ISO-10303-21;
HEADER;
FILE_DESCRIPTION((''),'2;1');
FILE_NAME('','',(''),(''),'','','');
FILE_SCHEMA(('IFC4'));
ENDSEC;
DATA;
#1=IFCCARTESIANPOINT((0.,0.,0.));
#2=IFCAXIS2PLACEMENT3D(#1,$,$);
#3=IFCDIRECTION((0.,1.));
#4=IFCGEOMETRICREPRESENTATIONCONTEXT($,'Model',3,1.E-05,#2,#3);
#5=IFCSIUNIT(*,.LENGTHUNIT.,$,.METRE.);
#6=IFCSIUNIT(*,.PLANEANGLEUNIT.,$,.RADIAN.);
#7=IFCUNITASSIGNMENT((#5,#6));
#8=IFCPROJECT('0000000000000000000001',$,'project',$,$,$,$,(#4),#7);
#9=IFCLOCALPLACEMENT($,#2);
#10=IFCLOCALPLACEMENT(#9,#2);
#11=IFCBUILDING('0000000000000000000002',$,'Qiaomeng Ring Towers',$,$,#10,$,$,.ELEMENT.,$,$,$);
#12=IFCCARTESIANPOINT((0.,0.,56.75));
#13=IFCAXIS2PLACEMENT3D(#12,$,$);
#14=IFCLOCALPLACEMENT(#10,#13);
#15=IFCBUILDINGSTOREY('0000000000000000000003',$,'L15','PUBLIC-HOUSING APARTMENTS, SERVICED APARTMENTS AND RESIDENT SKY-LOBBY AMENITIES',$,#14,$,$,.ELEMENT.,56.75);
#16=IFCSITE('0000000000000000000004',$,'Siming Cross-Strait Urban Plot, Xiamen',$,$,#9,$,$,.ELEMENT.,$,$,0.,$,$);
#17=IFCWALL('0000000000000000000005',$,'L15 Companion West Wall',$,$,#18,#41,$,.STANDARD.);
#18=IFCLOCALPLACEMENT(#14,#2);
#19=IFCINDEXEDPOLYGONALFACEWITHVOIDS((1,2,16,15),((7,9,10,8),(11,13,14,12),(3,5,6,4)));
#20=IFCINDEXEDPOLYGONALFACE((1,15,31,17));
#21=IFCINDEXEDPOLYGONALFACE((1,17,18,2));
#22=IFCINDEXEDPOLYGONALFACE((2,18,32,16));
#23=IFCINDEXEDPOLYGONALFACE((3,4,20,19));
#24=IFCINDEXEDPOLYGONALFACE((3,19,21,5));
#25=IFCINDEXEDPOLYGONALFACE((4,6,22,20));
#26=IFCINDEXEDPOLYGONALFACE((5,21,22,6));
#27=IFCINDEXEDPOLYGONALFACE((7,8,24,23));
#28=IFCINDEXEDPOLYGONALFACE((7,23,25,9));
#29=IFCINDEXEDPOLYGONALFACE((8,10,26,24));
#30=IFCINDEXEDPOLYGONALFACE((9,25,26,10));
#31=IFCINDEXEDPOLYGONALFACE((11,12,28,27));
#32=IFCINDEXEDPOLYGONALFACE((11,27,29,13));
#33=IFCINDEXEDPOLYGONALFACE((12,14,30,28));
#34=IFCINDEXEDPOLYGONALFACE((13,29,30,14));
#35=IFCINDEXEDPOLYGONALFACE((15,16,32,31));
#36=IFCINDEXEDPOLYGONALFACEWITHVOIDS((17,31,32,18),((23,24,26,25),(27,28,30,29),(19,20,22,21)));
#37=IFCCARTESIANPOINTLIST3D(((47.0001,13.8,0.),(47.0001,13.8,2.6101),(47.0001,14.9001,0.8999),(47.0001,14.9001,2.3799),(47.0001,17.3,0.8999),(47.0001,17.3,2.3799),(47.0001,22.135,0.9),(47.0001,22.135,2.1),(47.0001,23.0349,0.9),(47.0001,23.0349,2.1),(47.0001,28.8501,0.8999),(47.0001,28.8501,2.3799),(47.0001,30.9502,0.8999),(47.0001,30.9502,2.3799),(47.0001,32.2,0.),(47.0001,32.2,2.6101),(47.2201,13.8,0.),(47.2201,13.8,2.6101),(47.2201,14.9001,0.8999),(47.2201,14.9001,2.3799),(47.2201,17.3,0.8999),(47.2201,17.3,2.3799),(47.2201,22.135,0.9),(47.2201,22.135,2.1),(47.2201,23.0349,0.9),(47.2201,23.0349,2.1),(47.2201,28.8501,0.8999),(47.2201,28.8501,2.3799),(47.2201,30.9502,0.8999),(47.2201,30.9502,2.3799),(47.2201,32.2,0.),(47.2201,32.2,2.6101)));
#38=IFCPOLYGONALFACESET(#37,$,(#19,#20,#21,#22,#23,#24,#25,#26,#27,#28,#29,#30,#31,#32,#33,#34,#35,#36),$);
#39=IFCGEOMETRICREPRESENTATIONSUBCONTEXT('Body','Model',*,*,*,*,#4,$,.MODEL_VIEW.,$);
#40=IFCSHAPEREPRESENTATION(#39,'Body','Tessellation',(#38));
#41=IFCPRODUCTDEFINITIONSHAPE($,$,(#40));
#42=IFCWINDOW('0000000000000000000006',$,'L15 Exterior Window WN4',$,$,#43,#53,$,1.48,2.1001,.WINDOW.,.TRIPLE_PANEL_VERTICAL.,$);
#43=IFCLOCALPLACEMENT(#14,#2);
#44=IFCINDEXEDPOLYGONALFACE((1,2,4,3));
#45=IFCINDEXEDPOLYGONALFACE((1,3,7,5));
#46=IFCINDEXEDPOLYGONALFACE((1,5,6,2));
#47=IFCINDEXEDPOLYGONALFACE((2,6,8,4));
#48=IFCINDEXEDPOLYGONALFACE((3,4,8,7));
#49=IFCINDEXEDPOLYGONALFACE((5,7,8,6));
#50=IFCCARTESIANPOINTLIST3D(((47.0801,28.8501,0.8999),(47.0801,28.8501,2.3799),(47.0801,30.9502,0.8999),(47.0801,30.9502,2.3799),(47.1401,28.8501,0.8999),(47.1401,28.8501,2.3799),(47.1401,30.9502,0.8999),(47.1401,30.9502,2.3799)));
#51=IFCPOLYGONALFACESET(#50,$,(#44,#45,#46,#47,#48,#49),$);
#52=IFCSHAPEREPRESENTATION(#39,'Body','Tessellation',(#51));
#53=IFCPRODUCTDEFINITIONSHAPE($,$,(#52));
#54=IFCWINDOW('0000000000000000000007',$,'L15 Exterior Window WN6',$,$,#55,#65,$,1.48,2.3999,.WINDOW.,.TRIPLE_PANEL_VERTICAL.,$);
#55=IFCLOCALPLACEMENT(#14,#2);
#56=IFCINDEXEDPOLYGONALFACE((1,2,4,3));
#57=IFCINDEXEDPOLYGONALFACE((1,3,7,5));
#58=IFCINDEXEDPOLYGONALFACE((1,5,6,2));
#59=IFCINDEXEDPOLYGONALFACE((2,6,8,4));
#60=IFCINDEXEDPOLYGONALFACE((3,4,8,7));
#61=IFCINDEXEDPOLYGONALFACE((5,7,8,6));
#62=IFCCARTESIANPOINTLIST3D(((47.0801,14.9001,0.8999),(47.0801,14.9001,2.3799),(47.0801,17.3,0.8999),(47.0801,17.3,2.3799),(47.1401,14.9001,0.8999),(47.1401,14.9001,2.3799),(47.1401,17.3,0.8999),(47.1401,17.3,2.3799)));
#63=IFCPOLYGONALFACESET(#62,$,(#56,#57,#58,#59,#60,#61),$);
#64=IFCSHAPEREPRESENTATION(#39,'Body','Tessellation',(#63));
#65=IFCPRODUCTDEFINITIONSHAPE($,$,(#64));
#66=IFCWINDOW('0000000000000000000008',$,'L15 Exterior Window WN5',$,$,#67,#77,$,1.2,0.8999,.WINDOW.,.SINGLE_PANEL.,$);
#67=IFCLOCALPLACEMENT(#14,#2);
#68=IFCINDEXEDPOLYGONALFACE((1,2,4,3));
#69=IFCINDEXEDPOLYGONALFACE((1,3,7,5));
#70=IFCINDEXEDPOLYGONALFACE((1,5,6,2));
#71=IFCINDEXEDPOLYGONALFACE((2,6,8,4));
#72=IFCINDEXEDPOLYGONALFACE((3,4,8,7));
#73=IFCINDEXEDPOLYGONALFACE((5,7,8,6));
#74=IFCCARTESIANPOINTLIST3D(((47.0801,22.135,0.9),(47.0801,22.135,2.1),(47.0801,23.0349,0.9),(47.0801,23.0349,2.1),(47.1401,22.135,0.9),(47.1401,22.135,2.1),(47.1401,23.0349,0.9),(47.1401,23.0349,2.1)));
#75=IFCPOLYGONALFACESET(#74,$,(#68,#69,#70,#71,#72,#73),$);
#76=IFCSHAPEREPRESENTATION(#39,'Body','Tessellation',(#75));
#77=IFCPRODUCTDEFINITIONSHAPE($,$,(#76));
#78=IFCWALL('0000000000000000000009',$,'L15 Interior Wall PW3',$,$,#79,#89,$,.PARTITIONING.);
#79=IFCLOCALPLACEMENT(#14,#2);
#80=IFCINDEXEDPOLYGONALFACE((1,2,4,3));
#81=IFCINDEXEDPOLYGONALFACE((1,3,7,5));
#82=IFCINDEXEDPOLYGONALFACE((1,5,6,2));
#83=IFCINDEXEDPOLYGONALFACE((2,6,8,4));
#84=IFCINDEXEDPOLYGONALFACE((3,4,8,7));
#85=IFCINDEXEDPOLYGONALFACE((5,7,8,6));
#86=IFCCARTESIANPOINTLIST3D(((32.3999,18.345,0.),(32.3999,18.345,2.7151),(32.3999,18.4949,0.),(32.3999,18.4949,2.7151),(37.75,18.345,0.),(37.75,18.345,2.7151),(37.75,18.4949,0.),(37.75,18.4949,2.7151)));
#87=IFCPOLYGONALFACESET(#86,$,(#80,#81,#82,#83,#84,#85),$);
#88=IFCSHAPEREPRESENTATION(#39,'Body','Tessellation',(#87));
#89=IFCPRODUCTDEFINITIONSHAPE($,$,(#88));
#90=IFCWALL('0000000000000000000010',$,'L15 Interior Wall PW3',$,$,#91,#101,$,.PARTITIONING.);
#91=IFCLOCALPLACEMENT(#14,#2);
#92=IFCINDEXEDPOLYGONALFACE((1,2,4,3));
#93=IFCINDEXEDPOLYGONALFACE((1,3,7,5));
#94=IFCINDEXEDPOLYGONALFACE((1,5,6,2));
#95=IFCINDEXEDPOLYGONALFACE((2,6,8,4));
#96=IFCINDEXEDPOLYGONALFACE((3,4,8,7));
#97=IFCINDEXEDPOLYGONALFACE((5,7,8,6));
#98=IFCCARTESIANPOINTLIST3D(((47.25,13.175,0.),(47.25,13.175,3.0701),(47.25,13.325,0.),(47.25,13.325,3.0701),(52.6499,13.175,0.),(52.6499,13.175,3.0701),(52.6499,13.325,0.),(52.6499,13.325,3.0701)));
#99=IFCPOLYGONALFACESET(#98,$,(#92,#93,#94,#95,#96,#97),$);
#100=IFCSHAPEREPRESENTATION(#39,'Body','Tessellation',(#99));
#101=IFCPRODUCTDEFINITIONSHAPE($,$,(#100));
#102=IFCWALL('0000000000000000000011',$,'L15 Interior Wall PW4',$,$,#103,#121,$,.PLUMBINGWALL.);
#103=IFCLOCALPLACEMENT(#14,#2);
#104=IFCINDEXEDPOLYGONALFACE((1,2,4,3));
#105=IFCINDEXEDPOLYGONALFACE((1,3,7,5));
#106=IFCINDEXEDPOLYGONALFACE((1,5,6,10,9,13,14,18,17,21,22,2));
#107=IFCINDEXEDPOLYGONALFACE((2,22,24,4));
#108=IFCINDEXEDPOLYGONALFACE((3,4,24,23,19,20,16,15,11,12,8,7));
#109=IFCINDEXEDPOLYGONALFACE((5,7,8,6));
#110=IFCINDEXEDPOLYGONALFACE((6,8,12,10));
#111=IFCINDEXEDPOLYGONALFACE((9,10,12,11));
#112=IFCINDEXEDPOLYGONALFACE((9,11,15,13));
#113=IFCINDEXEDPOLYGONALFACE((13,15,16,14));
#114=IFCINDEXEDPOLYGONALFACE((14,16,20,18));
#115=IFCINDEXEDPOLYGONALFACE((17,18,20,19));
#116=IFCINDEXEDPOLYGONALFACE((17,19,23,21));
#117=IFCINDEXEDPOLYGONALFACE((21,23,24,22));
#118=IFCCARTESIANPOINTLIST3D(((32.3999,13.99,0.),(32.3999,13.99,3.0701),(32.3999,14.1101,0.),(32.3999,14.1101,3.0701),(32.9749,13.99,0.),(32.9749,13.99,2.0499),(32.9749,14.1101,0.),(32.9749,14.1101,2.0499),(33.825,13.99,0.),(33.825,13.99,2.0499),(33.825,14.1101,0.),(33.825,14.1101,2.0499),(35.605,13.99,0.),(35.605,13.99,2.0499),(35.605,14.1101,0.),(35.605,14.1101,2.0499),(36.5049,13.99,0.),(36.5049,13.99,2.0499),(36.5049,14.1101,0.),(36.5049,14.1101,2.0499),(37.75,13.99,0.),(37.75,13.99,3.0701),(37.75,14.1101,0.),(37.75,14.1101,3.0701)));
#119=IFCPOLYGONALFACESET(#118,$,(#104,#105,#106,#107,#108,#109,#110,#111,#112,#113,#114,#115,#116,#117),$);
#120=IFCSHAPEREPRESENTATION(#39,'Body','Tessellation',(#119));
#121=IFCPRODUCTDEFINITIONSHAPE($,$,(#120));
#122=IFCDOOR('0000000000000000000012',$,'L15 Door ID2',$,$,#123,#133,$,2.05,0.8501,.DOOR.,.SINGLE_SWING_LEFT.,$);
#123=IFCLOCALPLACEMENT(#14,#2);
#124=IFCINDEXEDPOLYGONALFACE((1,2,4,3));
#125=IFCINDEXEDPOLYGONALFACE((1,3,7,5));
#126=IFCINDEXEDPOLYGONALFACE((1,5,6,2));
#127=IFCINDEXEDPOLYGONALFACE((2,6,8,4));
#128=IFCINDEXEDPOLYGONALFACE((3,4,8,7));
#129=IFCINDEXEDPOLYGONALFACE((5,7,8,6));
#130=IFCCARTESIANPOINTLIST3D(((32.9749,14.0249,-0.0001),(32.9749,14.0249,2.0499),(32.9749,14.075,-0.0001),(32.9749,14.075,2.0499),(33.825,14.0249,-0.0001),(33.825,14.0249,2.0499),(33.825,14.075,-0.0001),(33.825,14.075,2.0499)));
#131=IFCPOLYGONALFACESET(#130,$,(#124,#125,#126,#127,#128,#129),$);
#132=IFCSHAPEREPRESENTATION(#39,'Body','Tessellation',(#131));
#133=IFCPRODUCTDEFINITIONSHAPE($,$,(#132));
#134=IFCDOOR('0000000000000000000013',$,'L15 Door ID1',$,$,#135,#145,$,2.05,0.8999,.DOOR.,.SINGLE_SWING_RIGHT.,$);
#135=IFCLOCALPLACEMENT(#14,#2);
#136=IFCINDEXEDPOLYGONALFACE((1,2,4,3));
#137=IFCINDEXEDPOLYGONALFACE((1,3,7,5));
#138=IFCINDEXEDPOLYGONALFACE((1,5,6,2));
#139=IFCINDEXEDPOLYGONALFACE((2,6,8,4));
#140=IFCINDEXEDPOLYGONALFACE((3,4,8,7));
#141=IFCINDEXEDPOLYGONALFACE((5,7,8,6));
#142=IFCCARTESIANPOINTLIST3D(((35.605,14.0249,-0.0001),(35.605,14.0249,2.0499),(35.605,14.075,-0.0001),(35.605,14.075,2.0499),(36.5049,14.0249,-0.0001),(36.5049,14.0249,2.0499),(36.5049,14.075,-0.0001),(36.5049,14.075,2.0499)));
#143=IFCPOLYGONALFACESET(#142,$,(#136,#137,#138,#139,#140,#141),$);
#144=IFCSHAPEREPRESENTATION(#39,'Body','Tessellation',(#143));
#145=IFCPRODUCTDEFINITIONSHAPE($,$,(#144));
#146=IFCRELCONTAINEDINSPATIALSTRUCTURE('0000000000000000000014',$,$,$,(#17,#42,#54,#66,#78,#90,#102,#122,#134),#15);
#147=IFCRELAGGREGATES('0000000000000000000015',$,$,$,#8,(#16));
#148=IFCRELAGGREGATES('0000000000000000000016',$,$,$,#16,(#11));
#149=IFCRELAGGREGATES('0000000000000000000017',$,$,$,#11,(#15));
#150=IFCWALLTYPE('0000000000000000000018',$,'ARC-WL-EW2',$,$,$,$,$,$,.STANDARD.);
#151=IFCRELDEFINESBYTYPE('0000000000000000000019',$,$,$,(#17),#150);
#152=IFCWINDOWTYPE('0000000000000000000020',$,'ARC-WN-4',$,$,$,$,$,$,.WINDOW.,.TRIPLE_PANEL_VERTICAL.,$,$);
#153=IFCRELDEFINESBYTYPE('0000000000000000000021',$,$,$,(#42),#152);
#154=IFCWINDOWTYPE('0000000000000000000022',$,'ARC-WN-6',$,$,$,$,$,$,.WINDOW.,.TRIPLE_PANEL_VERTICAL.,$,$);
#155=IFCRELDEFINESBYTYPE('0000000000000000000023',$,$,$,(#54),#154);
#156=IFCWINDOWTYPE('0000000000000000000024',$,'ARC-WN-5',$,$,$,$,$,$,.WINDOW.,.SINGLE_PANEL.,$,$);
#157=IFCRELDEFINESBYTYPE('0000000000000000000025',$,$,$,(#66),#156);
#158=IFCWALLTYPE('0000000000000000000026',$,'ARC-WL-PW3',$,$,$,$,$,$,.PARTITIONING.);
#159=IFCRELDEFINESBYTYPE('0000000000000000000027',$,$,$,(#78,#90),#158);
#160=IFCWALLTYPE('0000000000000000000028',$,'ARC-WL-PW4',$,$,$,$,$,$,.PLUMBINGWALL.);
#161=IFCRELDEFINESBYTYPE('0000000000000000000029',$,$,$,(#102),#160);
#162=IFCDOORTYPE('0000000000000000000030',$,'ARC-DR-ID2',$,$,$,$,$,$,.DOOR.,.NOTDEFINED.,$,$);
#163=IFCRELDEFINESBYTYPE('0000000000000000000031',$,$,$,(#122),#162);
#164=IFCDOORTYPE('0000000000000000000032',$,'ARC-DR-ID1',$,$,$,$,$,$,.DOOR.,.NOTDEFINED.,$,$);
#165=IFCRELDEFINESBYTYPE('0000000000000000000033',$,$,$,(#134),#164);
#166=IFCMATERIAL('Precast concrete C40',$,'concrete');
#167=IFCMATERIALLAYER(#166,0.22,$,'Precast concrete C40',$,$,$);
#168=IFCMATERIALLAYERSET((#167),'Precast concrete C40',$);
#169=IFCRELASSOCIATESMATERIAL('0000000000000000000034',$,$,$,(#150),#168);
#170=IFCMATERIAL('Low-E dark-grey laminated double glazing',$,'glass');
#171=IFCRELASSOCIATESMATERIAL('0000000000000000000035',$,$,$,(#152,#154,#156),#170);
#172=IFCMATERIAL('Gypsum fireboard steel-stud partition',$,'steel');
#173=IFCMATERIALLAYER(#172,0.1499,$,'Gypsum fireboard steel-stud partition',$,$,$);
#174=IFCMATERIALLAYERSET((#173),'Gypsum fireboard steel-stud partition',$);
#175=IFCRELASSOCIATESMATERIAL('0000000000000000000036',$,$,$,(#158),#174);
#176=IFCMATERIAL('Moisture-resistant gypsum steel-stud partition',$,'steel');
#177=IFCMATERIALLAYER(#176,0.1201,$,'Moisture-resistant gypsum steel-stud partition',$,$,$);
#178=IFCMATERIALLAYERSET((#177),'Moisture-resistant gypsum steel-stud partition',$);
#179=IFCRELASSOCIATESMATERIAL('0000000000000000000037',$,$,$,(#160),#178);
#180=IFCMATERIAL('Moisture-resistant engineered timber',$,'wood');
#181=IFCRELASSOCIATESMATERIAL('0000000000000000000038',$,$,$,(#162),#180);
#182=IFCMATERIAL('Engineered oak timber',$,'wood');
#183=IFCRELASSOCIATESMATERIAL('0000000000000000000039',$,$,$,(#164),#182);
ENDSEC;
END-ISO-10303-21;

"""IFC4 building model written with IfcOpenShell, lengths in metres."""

from ifc_helpers import new_model, si_unit, direction, frame, frame_2d, origin, place, context, subcontext, project, spatial, rectangle, extrude, source, transform, mapped, material, layer, layer_set, type_object, element, fill, save


model = new_model("IFC4")

# Units and contexts
model_context = context("Model", 3, precision=1e-05, world=origin(), true_north=direction((0.0, 1.0)))
body_context = subcontext(model_context, "Body", "Model", "MODEL_VIEW")
ifc_project = project(units=[si_unit("LENGTHUNIT", "METRE"), si_unit("PLANEANGLEUNIT", "RADIAN")], contexts=[model_context])

# Site, building, storey
site_placement = place(None, origin())
site = spatial("IfcSite", under=ifc_project, at=site_placement, Name="Siming Cross-Strait Urban Plot, Xiamen", CompositionType="ELEMENT", RefElevation=0.0)
building_placement = place(site_placement, origin())
building = spatial("IfcBuilding", under=site, at=building_placement, Name="Qiaomeng Ring Towers", CompositionType="ELEMENT")
storey_placement = place(building_placement, frame((0.0, 0.0, 56.75)))
storey = spatial("IfcBuildingStorey", under=building, at=storey_placement, Name="L15", Description="PUBLIC-HOUSING APARTMENTS, SERVICED APARTMENTS AND RESIDENT SKY-LOBBY AMENITIES", CompositionType="ELEMENT", Elevation=56.75)

# Wall, openings, windows
ifc_material_1 = material(Name="Precast concrete C40", Category="concrete")
ifc_layer_1 = layer(ifc_material_1, 0.22, Name="Precast concrete C40")
ifc_layer_set_1 = layer_set([ifc_layer_1], Name="Precast concrete C40")
wall_type_1 = type_object("IfcWallType", Name="ARC-WL-EW2", PredefinedType="STANDARD", material=ifc_layer_set_1)
wall_1_placement = place(storey_placement, frame((47.1101, 13.8, 0.0), z_axis=(0.0, 0.0, 1.0), x_axis=(0.0, 1.0, 0.0)))
wall_1 = element("IfcWall", 1, at=wall_1_placement, inside=storey, type_object=wall_type_1, Name="L15 Companion West Wall", PredefinedType="STANDARD", context=body_context, shape_type="SweptSolid", body=[
    extrude(rectangle(XDim=18.3999, YDim=0.22, at=frame_2d((9.2, 0.0))), origin(), (0.0, 0.0, 1.0), 2.6101),
])
opening_1_placement = place(wall_1_placement, frame((1.1001, 0.0, 0.8999)))
opening_1 = element("IfcOpeningElement", 2, at=opening_1_placement, cuts=wall_1, PredefinedType="OPENING", context=body_context, shape_type="SweptSolid", body=[
    extrude(rectangle(XDim=2.3999, YDim=1.48, at=frame_2d((1.2, 0.74))), frame((0.0, 0.1199, 0.0), z_axis=(0.0, -1.0, 0.0), x_axis=(1.0, 0.0, 0.0)), (0.0, 0.0, 1.0), 0.24),
])
opening_2_placement = place(wall_1_placement, frame((15.05, 0.0, 0.8999)))
opening_2 = element("IfcOpeningElement", 3, at=opening_2_placement, cuts=wall_1, PredefinedType="OPENING", context=body_context, shape_type="SweptSolid", body=[
    extrude(rectangle(XDim=2.1001, YDim=1.48, at=frame_2d((1.05, 0.74))), frame((0.0, 0.1199, 0.0), z_axis=(0.0, -1.0, 0.0), x_axis=(1.0, 0.0, 0.0)), (0.0, 0.0, 1.0), 0.24),
])
opening_3_placement = place(wall_1_placement, frame((8.335, 0.0, 0.8999)))
opening_3 = element("IfcOpeningElement", 4, at=opening_3_placement, cuts=wall_1, PredefinedType="OPENING", context=body_context, shape_type="SweptSolid", body=[
    extrude(rectangle(XDim=0.8999, YDim=1.2, at=frame_2d((0.45, 0.6001))), frame((0.0, 0.1199, 0.0), z_axis=(0.0, -1.0, 0.0), x_axis=(1.0, 0.0, 0.0)), (0.0, 0.0, 1.0), 0.24),
])
ifc_material_2 = material(Name="Low-E dark-grey laminated double glazing", Category="glass")
window_type_1 = type_object("IfcWindowType", Name="ARC-WN-4", PartitioningType="TRIPLE_PANEL_VERTICAL", PredefinedType="WINDOW", material=ifc_material_2)
shared_shape_1 = source(origin(), body_context, "Body", "SweptSolid", [
    extrude(rectangle(XDim=2.1001, YDim=1.48, at=frame_2d((1.05, 0.74))), frame((0.0, 0.03, 0.0), z_axis=(0.0, -1.0, 0.0), x_axis=(1.0, 0.0, 0.0)), (0.0, 0.0, 1.0), 0.0601),
])
window_1_placement = place(opening_2_placement, origin())
window_1 = element("IfcWindow", 5, at=window_1_placement, inside=storey, type_object=window_type_1, Name="L15 Exterior Window WN4", OverallHeight=1.48, OverallWidth=2.1001, PartitioningType="TRIPLE_PANEL_VERTICAL", PredefinedType="WINDOW", context=body_context, shape_type="MappedRepresentation", body=[
    mapped(shared_shape_1, transform((0.0, 0.0, 0.0), x_axis=(1.0, 0.0, 0.0), y_axis=(0.0, 1.0, 0.0), z_axis=(0.0, 0.0, 1.0), scale=1.0)),
])
fill(opening_2, window_1)
window_type_2 = type_object("IfcWindowType", Name="ARC-WN-6", PartitioningType="TRIPLE_PANEL_VERTICAL", PredefinedType="WINDOW", material=ifc_material_2)
shared_shape_2 = source(origin(), body_context, "Body", "SweptSolid", [
    extrude(rectangle(XDim=2.3999, YDim=1.48, at=frame_2d((1.2, 0.74))), frame((0.0, 0.03, 0.0), z_axis=(0.0, -1.0, 0.0), x_axis=(1.0, 0.0, 0.0)), (0.0, 0.0, 1.0), 0.0601),
])
window_2_placement = place(opening_1_placement, origin())
window_2 = element("IfcWindow", 6, at=window_2_placement, inside=storey, type_object=window_type_2, Name="L15 Exterior Window WN6", OverallHeight=1.48, OverallWidth=2.3999, PartitioningType="TRIPLE_PANEL_VERTICAL", PredefinedType="WINDOW", context=body_context, shape_type="MappedRepresentation", body=[
    mapped(shared_shape_2, transform((0.0, 0.0, 0.0), x_axis=(1.0, 0.0, 0.0), y_axis=(0.0, 1.0, 0.0), z_axis=(0.0, 0.0, 1.0), scale=1.0)),
])
fill(opening_1, window_2)
window_type_3 = type_object("IfcWindowType", Name="ARC-WN-5", PartitioningType="SINGLE_PANEL", PredefinedType="WINDOW", material=ifc_material_2)
shared_shape_3 = source(origin(), body_context, "Body", "SweptSolid", [
    extrude(rectangle(XDim=0.8999, YDim=1.2, at=frame_2d((0.45, 0.6001))), frame((0.0, 0.03, 0.0), z_axis=(0.0, -1.0, 0.0), x_axis=(1.0, 0.0, 0.0)), (0.0, 0.0, 1.0), 0.0601),
])
window_3_placement = place(opening_3_placement, origin())
window_3 = element("IfcWindow", 7, at=window_3_placement, inside=storey, type_object=window_type_3, Name="L15 Exterior Window WN5", OverallHeight=1.2, OverallWidth=0.8999, PartitioningType="SINGLE_PANEL", PredefinedType="WINDOW", context=body_context, shape_type="MappedRepresentation", body=[
    mapped(shared_shape_3, transform((0.0, 0.0, 0.0), x_axis=(1.0, 0.0, 0.0), y_axis=(0.0, 1.0, 0.0), z_axis=(0.0, 0.0, 1.0), scale=1.0)),
])
fill(opening_3, window_3)

# Walls
ifc_material_3 = material(Name="Gypsum fireboard steel-stud partition", Category="steel")
ifc_layer_2 = layer(ifc_material_3, 0.1499, Name="Gypsum fireboard steel-stud partition")
ifc_layer_set_2 = layer_set([ifc_layer_2], Name="Gypsum fireboard steel-stud partition")
wall_type_2 = type_object("IfcWallType", Name="ARC-WL-PW3", PredefinedType="PARTITIONING", material=ifc_layer_set_2)
wall_2_placement = place(storey_placement, frame((32.3999, 18.4199, 0.0), z_axis=(0.0, 0.0, 1.0), x_axis=(1.0, 0.0, 0.0)))
element("IfcWall", 8, at=wall_2_placement, inside=storey, type_object=wall_type_2, Name="L15 Interior Wall PW3", PredefinedType="PARTITIONING", context=body_context, shape_type="SweptSolid", body=[
    extrude(rectangle(XDim=5.3501, YDim=0.1499, at=frame_2d((2.675, 0.0))), origin(), (0.0, 0.0, 1.0), 2.7151),
])
wall_3_placement = place(storey_placement, frame((47.25, 13.25, 0.0), z_axis=(0.0, 0.0, 1.0), x_axis=(1.0, 0.0, 0.0)))
element("IfcWall", 9, at=wall_3_placement, inside=storey, type_object=wall_type_2, Name="L15 Interior Wall PW3", PredefinedType="PARTITIONING", context=body_context, shape_type="SweptSolid", body=[
    extrude(rectangle(XDim=5.3999, YDim=0.1499, at=frame_2d((2.7, 0.0))), origin(), (0.0, 0.0, 1.0), 3.0701),
])

# Wall, openings, doors
ifc_material_4 = material(Name="Moisture-resistant gypsum steel-stud partition", Category="steel")
ifc_layer_3 = layer(ifc_material_4, 0.1201, Name="Moisture-resistant gypsum steel-stud partition")
ifc_layer_set_3 = layer_set([ifc_layer_3], Name="Moisture-resistant gypsum steel-stud partition")
wall_type_3 = type_object("IfcWallType", Name="ARC-WL-PW4", PredefinedType="PLUMBINGWALL", material=ifc_layer_set_3)
wall_4_placement = place(storey_placement, frame((32.3999, 14.05, 0.0), z_axis=(0.0, 0.0, 1.0), x_axis=(1.0, 0.0, 0.0)))
wall_4 = element("IfcWall", 10, at=wall_4_placement, inside=storey, type_object=wall_type_3, Name="L15 Interior Wall PW4", PredefinedType="PLUMBINGWALL", context=body_context, shape_type="SweptSolid", body=[
    extrude(rectangle(XDim=5.3501, YDim=0.1201, at=frame_2d((2.675, 0.0))), origin(), (0.0, 0.0, 1.0), 3.0701),
])
opening_4_placement = place(wall_4_placement, frame((0.575, 0.0, 0.0)))
opening_4 = element("IfcOpeningElement", 11, at=opening_4_placement, cuts=wall_4, PredefinedType="OPENING", context=body_context, shape_type="SweptSolid", body=[
    extrude(rectangle(XDim=0.8501, YDim=2.05, at=frame_2d((0.425, 1.0249))), frame((0.0, 0.0701, 0.0), z_axis=(0.0, -1.0, 0.0), x_axis=(1.0, 0.0, 0.0)), (0.0, 0.0, 1.0), 0.1401),
])
opening_5_placement = place(wall_4_placement, frame((3.2051, 0.0, 0.0)))
opening_5 = element("IfcOpeningElement", 12, at=opening_5_placement, cuts=wall_4, PredefinedType="OPENING", context=body_context, shape_type="SweptSolid", body=[
    extrude(rectangle(XDim=0.8999, YDim=2.05, at=frame_2d((0.45, 1.0249))), frame((0.0, 0.0701, 0.0), z_axis=(0.0, -1.0, 0.0), x_axis=(1.0, 0.0, 0.0)), (0.0, 0.0, 1.0), 0.1401),
])
ifc_material_5 = material(Name="Moisture-resistant engineered timber", Category="wood")
door_type_1 = type_object("IfcDoorType", Name="ARC-DR-ID2", OperationType="NOTDEFINED", PredefinedType="DOOR", material=ifc_material_5)
shared_shape_4 = source(origin(), body_context, "Body", "SweptSolid", [
    extrude(rectangle(XDim=0.8501, YDim=2.05, at=frame_2d((0.425, 1.0249))), frame((0.0, 0.0249, 0.0), z_axis=(0.0, -1.0, 0.0), x_axis=(1.0, 0.0, 0.0)), (0.0, 0.0, 1.0), 0.05),
])
door_1_placement = place(opening_4_placement, origin())
door_1 = element("IfcDoor", 13, at=door_1_placement, inside=storey, type_object=door_type_1, Name="L15 Door ID2", OperationType="SINGLE_SWING_LEFT", OverallHeight=2.05, OverallWidth=0.8501, PredefinedType="DOOR", context=body_context, shape_type="MappedRepresentation", body=[
    mapped(shared_shape_4, transform((0.0, 0.0, 0.0), x_axis=(1.0, 0.0, 0.0), y_axis=(0.0, 1.0, 0.0), z_axis=(0.0, 0.0, 1.0), scale=1.0)),
])
fill(opening_4, door_1)
ifc_material_6 = material(Name="Engineered oak timber", Category="wood")
door_type_2 = type_object("IfcDoorType", Name="ARC-DR-ID1", OperationType="NOTDEFINED", PredefinedType="DOOR", material=ifc_material_6)
shared_shape_5 = source(origin(), body_context, "Body", "SweptSolid", [
    extrude(rectangle(XDim=0.8999, YDim=2.05, at=frame_2d((0.45, 1.0249))), frame((0.0, 0.0249, 0.0), z_axis=(0.0, -1.0, 0.0), x_axis=(1.0, 0.0, 0.0)), (0.0, 0.0, 1.0), 0.05),
])
door_2_placement = place(opening_5_placement, origin())
door_2 = element("IfcDoor", 14, at=door_2_placement, inside=storey, type_object=door_type_2, Name="L15 Door ID1", OperationType="SINGLE_SWING_RIGHT", OverallHeight=2.05, OverallWidth=0.8999, PredefinedType="DOOR", context=body_context, shape_type="MappedRepresentation", body=[
    mapped(shared_shape_5, transform((0.0, 0.0, 0.0), x_axis=(1.0, 0.0, 0.0), y_axis=(0.0, 1.0, 0.0), z_axis=(0.0, 0.0, 1.0), scale=1.0)),
])
fill(opening_5, door_2)

save(model, "model.ifc")
